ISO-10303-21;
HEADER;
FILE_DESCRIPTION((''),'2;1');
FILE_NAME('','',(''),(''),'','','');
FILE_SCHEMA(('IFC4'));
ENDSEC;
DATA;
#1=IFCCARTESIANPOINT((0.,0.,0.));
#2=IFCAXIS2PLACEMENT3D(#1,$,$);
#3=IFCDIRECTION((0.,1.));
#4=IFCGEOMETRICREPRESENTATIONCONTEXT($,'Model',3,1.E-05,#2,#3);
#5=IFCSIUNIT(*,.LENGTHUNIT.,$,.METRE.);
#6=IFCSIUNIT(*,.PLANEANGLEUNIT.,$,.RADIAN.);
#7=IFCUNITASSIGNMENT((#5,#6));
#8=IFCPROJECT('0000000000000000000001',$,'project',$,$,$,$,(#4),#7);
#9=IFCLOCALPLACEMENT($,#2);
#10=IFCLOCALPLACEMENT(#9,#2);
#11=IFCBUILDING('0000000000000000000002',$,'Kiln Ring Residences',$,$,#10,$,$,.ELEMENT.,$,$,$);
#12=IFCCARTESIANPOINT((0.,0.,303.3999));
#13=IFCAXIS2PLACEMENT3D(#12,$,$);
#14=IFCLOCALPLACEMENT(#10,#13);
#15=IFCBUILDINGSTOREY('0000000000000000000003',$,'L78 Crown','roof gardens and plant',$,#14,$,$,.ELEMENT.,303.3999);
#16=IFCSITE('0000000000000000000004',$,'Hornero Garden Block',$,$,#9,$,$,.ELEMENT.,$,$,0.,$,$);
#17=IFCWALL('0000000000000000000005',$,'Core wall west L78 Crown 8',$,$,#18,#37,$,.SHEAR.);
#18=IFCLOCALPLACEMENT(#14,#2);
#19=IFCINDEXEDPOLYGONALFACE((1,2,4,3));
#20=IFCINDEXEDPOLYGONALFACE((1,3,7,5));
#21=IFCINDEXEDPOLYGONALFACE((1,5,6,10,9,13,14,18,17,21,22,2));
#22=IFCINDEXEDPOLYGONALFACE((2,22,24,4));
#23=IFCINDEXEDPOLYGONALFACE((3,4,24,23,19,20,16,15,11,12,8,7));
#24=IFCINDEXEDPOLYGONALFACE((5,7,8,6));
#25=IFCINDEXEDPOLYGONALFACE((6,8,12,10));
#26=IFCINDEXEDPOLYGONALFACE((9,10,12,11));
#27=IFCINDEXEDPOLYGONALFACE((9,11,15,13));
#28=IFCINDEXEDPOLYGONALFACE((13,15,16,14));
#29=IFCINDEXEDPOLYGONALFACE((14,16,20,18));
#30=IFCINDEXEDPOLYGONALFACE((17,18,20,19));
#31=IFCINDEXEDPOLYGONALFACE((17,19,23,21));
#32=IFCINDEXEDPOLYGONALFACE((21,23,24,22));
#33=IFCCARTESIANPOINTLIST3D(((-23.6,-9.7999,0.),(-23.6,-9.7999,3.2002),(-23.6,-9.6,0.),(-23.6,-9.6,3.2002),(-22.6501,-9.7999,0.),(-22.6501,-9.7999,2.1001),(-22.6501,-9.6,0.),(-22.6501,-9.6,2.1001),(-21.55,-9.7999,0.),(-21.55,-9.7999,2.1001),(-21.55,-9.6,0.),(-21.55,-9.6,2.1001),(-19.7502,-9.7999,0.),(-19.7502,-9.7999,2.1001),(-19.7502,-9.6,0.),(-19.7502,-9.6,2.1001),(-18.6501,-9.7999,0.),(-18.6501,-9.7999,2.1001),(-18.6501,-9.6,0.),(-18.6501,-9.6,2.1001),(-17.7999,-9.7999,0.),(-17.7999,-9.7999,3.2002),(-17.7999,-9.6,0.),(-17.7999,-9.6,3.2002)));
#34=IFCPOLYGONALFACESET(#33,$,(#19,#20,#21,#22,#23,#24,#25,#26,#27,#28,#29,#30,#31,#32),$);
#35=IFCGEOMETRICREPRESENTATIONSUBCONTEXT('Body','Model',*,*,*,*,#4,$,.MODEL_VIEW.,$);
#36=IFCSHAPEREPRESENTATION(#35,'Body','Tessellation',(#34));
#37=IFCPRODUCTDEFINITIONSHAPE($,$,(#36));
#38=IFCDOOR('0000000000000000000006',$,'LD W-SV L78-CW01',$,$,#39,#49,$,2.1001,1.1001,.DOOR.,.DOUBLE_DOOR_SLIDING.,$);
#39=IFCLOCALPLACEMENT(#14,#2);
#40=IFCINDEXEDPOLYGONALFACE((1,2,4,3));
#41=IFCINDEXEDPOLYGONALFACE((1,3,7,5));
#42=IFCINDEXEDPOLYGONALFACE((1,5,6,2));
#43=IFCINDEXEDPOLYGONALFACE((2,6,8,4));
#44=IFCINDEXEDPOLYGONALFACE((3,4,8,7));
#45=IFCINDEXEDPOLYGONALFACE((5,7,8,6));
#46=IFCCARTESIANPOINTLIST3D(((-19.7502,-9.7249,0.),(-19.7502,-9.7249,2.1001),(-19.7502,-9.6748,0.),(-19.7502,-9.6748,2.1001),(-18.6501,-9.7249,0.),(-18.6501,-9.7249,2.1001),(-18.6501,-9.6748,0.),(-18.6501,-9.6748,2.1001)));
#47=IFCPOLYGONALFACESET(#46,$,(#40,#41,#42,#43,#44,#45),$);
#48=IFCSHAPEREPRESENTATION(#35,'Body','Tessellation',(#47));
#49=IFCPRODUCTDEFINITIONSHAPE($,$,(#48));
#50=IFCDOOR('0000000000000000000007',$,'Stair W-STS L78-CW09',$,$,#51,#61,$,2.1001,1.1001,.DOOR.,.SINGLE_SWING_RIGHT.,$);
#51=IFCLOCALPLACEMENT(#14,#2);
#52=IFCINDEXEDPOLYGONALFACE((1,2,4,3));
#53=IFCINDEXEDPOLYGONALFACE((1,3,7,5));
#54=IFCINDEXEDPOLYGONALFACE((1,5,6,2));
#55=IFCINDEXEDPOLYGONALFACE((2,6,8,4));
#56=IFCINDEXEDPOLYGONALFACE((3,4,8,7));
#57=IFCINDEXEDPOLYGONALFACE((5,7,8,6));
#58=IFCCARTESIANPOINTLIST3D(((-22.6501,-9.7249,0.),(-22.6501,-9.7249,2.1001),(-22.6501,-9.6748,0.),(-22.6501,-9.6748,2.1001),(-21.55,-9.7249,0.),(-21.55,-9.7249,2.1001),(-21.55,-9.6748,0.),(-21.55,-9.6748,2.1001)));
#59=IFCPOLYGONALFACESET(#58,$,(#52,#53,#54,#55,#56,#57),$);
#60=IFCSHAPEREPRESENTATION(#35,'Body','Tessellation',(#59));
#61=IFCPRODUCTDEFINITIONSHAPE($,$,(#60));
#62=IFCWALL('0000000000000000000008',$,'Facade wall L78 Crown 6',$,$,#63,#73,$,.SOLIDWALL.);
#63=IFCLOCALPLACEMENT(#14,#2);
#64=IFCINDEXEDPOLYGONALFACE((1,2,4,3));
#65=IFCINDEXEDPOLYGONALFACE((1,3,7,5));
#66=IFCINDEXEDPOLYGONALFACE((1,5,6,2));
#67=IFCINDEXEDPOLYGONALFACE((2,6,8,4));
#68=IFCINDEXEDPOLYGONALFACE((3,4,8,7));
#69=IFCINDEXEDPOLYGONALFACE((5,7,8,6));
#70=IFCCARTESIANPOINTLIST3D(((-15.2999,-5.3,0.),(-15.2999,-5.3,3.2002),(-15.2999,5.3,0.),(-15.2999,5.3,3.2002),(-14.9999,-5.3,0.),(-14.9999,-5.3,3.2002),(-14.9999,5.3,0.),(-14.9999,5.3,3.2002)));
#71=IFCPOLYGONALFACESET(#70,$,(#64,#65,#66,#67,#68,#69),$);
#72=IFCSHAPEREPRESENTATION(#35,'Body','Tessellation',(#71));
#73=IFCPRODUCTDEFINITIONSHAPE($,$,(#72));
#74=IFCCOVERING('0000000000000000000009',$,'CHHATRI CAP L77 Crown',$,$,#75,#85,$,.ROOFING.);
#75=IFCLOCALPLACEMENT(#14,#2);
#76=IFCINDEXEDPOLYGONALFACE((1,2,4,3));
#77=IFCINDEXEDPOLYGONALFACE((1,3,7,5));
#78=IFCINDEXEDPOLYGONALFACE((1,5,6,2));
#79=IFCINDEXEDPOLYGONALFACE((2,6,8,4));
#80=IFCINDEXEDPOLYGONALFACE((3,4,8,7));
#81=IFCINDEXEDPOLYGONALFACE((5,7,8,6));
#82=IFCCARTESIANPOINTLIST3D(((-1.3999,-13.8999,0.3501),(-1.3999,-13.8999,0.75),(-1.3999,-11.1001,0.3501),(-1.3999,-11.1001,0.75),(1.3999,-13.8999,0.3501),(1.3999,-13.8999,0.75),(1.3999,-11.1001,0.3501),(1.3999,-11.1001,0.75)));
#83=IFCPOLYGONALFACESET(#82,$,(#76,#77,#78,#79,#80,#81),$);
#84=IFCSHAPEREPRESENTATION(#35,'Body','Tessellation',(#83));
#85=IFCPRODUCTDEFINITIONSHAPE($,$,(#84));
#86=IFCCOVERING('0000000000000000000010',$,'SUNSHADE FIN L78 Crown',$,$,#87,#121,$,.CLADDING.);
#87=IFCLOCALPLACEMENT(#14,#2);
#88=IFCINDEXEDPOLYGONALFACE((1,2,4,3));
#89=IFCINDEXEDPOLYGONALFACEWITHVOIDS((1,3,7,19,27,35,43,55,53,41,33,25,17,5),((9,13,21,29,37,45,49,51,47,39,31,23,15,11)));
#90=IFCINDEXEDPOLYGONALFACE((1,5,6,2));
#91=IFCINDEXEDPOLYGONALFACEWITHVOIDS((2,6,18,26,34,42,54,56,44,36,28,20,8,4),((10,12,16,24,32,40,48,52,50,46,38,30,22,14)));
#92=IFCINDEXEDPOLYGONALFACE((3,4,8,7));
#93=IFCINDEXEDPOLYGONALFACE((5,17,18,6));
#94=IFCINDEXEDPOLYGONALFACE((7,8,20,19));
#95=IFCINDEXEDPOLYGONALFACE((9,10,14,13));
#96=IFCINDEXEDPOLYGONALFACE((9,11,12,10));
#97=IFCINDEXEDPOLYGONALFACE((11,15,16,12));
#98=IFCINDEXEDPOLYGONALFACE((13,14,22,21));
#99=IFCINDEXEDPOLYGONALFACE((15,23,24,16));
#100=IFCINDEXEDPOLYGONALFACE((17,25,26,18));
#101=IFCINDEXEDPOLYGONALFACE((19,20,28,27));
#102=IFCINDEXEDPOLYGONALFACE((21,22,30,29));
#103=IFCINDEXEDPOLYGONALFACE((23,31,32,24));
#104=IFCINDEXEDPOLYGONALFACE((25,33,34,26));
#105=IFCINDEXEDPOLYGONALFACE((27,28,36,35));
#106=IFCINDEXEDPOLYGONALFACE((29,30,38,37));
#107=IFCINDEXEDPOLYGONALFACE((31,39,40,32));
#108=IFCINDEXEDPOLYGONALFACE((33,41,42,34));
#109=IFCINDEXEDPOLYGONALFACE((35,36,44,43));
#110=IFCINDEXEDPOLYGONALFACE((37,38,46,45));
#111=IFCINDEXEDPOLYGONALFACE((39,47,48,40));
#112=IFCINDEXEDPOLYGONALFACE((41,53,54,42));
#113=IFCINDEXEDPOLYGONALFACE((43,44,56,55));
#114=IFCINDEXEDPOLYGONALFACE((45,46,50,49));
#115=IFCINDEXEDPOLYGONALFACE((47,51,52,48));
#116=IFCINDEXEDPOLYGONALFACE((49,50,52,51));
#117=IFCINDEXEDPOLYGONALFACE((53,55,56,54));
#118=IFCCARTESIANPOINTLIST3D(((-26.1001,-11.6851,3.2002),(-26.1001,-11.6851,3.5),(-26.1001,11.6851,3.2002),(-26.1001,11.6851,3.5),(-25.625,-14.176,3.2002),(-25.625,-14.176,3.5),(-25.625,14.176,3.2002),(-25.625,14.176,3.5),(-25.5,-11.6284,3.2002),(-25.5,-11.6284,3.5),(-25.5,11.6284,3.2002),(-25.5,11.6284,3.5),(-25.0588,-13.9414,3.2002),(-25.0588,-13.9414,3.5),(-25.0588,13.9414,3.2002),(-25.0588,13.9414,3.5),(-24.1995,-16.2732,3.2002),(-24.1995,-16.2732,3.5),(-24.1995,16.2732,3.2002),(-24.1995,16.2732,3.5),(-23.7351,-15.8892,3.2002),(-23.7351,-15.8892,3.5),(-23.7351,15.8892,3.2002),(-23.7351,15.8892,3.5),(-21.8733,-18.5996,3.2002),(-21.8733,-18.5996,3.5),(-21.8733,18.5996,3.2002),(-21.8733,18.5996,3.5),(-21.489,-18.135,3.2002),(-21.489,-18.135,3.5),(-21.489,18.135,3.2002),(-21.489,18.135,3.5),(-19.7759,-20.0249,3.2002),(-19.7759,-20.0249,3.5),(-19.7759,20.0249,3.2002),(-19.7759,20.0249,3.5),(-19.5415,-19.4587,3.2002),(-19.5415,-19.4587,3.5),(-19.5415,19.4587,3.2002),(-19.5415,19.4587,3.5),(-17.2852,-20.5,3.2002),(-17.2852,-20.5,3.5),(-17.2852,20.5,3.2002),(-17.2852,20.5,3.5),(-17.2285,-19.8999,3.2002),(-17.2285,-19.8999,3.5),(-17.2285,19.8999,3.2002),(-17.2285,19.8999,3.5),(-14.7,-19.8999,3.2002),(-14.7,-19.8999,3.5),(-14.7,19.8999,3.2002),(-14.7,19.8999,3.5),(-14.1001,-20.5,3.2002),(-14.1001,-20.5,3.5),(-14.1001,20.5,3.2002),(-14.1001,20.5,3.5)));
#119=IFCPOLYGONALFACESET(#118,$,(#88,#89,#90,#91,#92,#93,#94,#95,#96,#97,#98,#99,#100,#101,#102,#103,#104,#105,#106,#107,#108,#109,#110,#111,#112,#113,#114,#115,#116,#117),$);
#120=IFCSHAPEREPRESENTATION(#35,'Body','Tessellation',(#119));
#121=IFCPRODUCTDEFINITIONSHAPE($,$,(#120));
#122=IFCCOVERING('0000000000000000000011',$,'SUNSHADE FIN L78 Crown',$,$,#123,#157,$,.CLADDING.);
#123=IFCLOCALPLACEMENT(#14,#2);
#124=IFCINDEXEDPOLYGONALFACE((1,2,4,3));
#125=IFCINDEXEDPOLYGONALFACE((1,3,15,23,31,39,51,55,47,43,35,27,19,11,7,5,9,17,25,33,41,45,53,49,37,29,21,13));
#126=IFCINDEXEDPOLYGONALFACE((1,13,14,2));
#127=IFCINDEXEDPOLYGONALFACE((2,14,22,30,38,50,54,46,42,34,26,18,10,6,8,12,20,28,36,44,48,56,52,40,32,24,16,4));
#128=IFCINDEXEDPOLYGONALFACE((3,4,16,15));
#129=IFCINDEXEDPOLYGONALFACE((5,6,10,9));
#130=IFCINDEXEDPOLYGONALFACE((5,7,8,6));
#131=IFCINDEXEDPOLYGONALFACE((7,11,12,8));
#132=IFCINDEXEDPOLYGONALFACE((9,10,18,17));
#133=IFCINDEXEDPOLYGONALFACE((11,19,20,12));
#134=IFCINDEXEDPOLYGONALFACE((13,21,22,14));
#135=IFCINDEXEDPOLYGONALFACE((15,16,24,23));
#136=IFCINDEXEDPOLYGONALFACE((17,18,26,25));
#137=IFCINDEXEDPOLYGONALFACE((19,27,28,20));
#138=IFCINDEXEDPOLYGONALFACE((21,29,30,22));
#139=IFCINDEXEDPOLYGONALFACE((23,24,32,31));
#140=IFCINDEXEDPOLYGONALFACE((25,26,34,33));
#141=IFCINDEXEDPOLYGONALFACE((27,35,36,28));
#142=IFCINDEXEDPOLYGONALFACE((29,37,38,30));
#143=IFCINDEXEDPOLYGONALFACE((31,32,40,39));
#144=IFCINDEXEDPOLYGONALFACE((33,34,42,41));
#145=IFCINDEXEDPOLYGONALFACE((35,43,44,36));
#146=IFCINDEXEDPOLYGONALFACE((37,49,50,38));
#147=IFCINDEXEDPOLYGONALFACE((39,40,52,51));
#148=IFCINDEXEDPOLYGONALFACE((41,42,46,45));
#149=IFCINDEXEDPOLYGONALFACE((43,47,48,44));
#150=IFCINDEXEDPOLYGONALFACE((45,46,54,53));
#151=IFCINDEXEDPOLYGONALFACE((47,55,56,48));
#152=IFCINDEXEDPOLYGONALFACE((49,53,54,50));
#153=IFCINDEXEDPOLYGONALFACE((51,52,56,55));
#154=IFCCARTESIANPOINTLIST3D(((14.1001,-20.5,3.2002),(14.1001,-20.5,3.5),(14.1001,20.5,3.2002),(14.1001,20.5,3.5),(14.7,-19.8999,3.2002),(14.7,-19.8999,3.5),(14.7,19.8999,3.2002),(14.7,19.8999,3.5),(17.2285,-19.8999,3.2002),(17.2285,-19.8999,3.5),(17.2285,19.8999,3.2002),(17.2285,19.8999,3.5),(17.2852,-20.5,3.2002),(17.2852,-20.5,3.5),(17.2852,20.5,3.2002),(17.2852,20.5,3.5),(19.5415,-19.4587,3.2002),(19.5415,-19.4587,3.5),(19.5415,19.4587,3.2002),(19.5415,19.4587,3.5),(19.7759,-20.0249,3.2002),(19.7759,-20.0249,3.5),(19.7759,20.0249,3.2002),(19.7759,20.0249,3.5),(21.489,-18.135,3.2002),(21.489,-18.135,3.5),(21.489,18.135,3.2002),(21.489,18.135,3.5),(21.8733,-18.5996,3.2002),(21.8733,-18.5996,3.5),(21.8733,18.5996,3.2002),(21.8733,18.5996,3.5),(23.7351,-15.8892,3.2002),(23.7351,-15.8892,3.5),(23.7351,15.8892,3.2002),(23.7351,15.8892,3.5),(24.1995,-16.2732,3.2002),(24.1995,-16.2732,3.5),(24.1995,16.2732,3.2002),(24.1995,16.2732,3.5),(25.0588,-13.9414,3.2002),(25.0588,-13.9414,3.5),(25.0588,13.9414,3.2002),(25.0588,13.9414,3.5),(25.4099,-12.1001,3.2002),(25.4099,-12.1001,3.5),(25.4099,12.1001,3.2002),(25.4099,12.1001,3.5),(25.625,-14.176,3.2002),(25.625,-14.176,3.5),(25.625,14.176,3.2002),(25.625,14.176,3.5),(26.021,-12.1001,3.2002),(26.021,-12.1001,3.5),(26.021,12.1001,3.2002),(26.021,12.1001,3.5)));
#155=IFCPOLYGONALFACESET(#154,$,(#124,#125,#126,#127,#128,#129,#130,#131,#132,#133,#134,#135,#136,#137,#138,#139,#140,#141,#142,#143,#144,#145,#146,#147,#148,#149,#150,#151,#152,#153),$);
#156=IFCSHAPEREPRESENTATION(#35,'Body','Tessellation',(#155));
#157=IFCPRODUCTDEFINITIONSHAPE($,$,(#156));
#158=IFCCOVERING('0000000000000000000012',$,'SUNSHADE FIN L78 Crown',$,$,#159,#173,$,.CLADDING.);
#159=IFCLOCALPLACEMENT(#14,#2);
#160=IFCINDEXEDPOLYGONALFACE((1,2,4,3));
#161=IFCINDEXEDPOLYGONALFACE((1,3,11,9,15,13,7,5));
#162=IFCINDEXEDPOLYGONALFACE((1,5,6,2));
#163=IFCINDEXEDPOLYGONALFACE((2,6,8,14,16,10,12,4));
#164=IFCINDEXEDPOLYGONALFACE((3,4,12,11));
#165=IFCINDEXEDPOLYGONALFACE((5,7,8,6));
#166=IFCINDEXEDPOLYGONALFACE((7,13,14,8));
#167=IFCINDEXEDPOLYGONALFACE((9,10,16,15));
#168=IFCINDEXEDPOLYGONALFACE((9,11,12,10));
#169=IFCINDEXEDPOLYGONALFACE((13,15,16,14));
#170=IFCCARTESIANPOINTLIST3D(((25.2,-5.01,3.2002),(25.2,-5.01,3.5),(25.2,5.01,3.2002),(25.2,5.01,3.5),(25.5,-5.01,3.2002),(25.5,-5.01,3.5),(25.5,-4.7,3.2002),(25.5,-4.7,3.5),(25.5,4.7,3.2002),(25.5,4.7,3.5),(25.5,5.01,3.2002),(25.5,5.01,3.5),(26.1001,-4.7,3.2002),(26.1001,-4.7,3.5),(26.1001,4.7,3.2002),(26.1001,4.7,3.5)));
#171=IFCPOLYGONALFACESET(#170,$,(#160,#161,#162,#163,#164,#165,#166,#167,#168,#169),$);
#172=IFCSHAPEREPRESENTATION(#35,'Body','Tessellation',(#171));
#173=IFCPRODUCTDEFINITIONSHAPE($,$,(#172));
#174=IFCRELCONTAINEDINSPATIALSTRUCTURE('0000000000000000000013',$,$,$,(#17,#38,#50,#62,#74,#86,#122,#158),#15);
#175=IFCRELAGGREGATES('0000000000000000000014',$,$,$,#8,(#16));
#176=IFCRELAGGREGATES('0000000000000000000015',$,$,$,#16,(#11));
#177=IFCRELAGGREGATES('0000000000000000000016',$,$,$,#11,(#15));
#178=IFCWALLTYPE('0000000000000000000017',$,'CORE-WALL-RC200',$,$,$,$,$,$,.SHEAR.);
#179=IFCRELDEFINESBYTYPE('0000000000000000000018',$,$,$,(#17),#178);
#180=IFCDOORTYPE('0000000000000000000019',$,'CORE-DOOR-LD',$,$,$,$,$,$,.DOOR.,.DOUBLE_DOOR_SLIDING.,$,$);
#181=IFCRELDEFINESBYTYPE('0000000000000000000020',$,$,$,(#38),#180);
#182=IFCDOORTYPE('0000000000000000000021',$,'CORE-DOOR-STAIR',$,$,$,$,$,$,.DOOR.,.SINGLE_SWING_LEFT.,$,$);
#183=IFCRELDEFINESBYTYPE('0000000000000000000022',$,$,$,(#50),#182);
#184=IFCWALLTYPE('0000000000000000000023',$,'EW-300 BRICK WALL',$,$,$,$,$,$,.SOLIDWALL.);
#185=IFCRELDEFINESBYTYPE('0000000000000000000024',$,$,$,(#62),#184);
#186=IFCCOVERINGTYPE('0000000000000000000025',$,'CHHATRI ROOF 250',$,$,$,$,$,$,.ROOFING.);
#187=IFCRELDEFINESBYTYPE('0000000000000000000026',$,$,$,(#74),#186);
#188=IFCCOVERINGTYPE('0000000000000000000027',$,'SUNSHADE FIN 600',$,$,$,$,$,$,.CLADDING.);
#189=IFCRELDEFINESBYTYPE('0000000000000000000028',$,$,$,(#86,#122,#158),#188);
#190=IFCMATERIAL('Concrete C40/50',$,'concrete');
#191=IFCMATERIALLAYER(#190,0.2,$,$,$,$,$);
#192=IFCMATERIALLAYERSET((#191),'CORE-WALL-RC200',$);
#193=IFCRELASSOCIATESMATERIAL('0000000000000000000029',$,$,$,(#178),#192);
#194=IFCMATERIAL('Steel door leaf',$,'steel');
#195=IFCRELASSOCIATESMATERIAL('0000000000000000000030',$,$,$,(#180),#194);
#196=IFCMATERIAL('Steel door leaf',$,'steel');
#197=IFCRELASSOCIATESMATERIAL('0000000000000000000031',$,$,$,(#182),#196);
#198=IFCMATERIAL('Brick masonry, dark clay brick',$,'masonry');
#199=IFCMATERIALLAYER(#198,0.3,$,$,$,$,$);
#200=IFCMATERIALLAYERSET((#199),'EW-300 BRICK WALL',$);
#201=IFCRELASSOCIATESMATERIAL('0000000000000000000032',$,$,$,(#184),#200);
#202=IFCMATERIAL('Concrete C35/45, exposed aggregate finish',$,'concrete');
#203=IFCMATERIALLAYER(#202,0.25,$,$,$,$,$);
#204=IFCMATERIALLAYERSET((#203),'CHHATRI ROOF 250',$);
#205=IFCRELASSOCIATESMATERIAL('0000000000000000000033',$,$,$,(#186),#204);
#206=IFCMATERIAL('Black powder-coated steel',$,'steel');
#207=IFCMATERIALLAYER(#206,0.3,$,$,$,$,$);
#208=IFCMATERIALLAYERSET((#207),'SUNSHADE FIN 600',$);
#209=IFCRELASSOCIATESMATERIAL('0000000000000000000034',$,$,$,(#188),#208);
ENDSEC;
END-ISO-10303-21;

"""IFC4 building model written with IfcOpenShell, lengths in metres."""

from ifc_helpers import new_model, si_unit, direction, frame, frame_2d, origin, place, context, subcontext, project, spatial, polyline, rectangle, outline, extrude, material, layer, layer_set, type_object, element, fill, save


model = new_model("IFC4")

# Units and contexts
model_context = context("Model", 3, precision=1e-05, world=origin(), true_north=direction((0.0, 1.0)))
body_context = subcontext(model_context, "Body", "Model", "MODEL_VIEW")
ifc_project = project(units=[si_unit("LENGTHUNIT", "METRE"), si_unit("PLANEANGLEUNIT", "RADIAN")], contexts=[model_context])

# Site, building, storey
site_placement = place(None, origin())
site = spatial("IfcSite", under=ifc_project, at=site_placement, Name="Hornero Garden Block", CompositionType="ELEMENT", RefElevation=0.0)
building_placement = place(site_placement, origin())
building = spatial("IfcBuilding", under=site, at=building_placement, Name="Kiln Ring Residences", CompositionType="ELEMENT")
storey_placement = place(building_placement, frame((0.0, 0.0, 303.3999)))
storey = spatial("IfcBuildingStorey", under=building, at=storey_placement, Name="L78 Crown", Description="roof gardens and plant", CompositionType="ELEMENT", Elevation=303.3999)

# Wall, openings, doors
ifc_material_1 = material(Name="Concrete C40/50", Category="concrete")
ifc_layer_1 = layer(ifc_material_1, 0.2)
ifc_layer_set_1 = layer_set([ifc_layer_1], Name="CORE-WALL-RC200")
wall_type_1 = type_object("IfcWallType", Name="CORE-WALL-RC200", PredefinedType="SHEAR", material=ifc_layer_set_1)
wall_1_placement = place(storey_placement, frame((-17.8, -9.7, 0.0), z_axis=(0.0, 0.0, 1.0), x_axis=(-1.0, 0.0, 0.0)))
wall_1 = element("IfcWall", 1, at=wall_1_placement, inside=storey, type_object=wall_type_1, Name="Core wall west L78 Crown 8", PredefinedType="SHEAR", context=body_context, shape_type="SweptSolid", body=[
    extrude(rectangle(XDim=5.8, YDim=0.2, at=frame_2d((2.8999, 0.0))), origin(), (0.0, 0.0, 1.0), 3.2002),
])
opening_1_placement = place(wall_1_placement, frame((0.8501, 0.0, 0.0)))
opening_1 = element("IfcOpeningElement", 2, at=opening_1_placement, cuts=wall_1, PredefinedType="OPENING", context=body_context, shape_type="SweptSolid", body=[
    extrude(rectangle(XDim=1.1001, YDim=2.1001, at=frame_2d((0.55, 1.05))), frame((0.0, 0.1099, 0.0), z_axis=(0.0, -1.0, 0.0), x_axis=(1.0, 0.0, 0.0)), (0.0, 0.0, 1.0), 0.22),
])
opening_2_placement = place(wall_1_placement, frame((3.75, 0.0, 0.0)))
opening_2 = element("IfcOpeningElement", 3, at=opening_2_placement, cuts=wall_1, PredefinedType="OPENING", context=body_context, shape_type="SweptSolid", body=[
    extrude(rectangle(XDim=1.1001, YDim=2.1001, at=frame_2d((0.55, 1.05))), frame((0.0, 0.1099, 0.0), z_axis=(0.0, -1.0, 0.0), x_axis=(1.0, 0.0, 0.0)), (0.0, 0.0, 1.0), 0.22),
])
ifc_material_2 = material(Name="Steel door leaf", Category="steel")
door_type_1 = type_object("IfcDoorType", Name="CORE-DOOR-LD", OperationType="DOUBLE_DOOR_SLIDING", PredefinedType="DOOR", material=ifc_material_2)
door_1_placement = place(opening_1_placement, origin())
door_1 = element("IfcDoor", 4, at=door_1_placement, inside=storey, type_object=door_type_1, Name="LD W-SV L78-CW01", OperationType="DOUBLE_DOOR_SLIDING", OverallHeight=2.1001, OverallWidth=1.1001, PredefinedType="DOOR", context=body_context, shape_type="SweptSolid", body=[
    extrude(rectangle(XDim=1.1001, YDim=2.1001, at=frame_2d((0.55, 1.05))), frame((0.0, 0.0249, 0.0), z_axis=(0.0, -1.0, 0.0), x_axis=(1.0, 0.0, 0.0)), (0.0, 0.0, 1.0), 0.05),
])
fill(opening_1, door_1)
ifc_material_3 = material(Name="Steel door leaf", Category="steel")
door_type_2 = type_object("IfcDoorType", Name="CORE-DOOR-STAIR", OperationType="SINGLE_SWING_LEFT", PredefinedType="DOOR", material=ifc_material_3)
door_2_placement = place(opening_2_placement, origin())
door_2 = element("IfcDoor", 5, at=door_2_placement, inside=storey, type_object=door_type_2, Name="Stair W-STS L78-CW09", OperationType="SINGLE_SWING_RIGHT", OverallHeight=2.1001, OverallWidth=1.1001, PredefinedType="DOOR", context=body_context, shape_type="SweptSolid", body=[
    extrude(rectangle(XDim=1.1001, YDim=2.1001, at=frame_2d((0.55, 1.05))), frame((0.0, 0.0249, 0.0), z_axis=(0.0, -1.0, 0.0), x_axis=(1.0, 0.0, 0.0)), (0.0, 0.0, 1.0), 0.05),
])
fill(opening_2, door_2)

# Wall
ifc_material_4 = material(Name="Brick masonry, dark clay brick", Category="masonry")
ifc_layer_2 = layer(ifc_material_4, 0.3)
ifc_layer_set_2 = layer_set([ifc_layer_2], Name="EW-300 BRICK WALL")
wall_type_2 = type_object("IfcWallType", Name="EW-300 BRICK WALL", PredefinedType="SOLIDWALL", material=ifc_layer_set_2)
wall_2_placement = place(storey_placement, frame((-15.1499, -5.3, 0.0), z_axis=(0.0, 0.0, 1.0), x_axis=(0.0, 1.0, 0.0)))
element("IfcWall", 6, at=wall_2_placement, inside=storey, type_object=wall_type_2, Name="Facade wall L78 Crown 6", PredefinedType="SOLIDWALL", context=body_context, shape_type="SweptSolid", body=[
    extrude(rectangle(XDim=10.6001, YDim=0.3, at=frame_2d((5.3, 0.0))), origin(), (0.0, 0.0, 1.0), 3.2002),
])

# Coverings
ifc_material_5 = material(Name="Concrete C35/45, exposed aggregate finish", Category="concrete")
ifc_layer_3 = layer(ifc_material_5, 0.25)
ifc_layer_set_3 = layer_set([ifc_layer_3], Name="CHHATRI ROOF 250")
covering_type_1 = type_object("IfcCoveringType", Name="CHHATRI ROOF 250", PredefinedType="ROOFING", material=ifc_layer_set_3)
covering_1_placement = place(storey_placement, frame((0.0, 0.0, 0.3501)))
element("IfcCovering", 7, at=covering_1_placement, inside=storey, type_object=covering_type_1, Name="CHHATRI CAP L77 Crown", PredefinedType="ROOFING", context=body_context, shape_type="SweptSolid", body=[
    extrude(outline(polyline([(1.3999, -13.8999), (1.3999, -11.1001), (-1.3999, -11.1001), (-1.3999, -13.8999), (1.3999, -13.8999)])), origin(), (0.0, 0.0, 1.0), 0.3999),
])
ifc_material_6 = material(Name="Black powder-coated steel", Category="steel")
ifc_layer_4 = layer(ifc_material_6, 0.3)
ifc_layer_set_4 = layer_set([ifc_layer_4], Name="SUNSHADE FIN 600")
covering_type_2 = type_object("IfcCoveringType", Name="SUNSHADE FIN 600", PredefinedType="CLADDING", material=ifc_layer_set_4)
placement_1 = place(storey_placement, frame((0.0, 0.0, 3.2002)))
element("IfcCovering", 8, at=placement_1, inside=storey, type_object=covering_type_2, Name="SUNSHADE FIN L78 Crown", PredefinedType="CLADDING", context=body_context, shape_type="SweptSolid", body=[
    extrude(outline(polyline([(-25.625, -14.176), (-24.1995, -16.2732), (-21.8733, -18.5996), (-19.7759, -20.0249), (-17.2852, -20.5), (-14.1001, -20.5), (-14.1001, 20.5), (-17.2852, 20.5), (-19.7759, 20.0249), (-21.8733, 18.5996), (-24.1995, 16.2732), (-25.625, 14.176), (-26.1001, 11.6851), (-26.1001, -11.6851), (-25.625, -14.176)]), holes=[polyline([(-17.2285, -19.8999), (-19.5415, -19.4587), (-21.489, -18.135), (-23.7351, -15.8892), (-25.0588, -13.9414), (-25.5, -11.6284), (-25.5, 11.6284), (-25.0588, 13.9414), (-23.7351, 15.8892), (-21.489, 18.135), (-19.5415, 19.4587), (-17.2285, 19.8999), (-14.7, 19.8999), (-14.7, -19.8999), (-17.2285, -19.8999)])]), origin(), (0.0, 0.0, 1.0), 0.2998),
])
element("IfcCovering", 9, at=placement_1, inside=storey, type_object=covering_type_2, Name="SUNSHADE FIN L78 Crown", PredefinedType="CLADDING", context=body_context, shape_type="SweptSolid", body=[
    extrude(outline(polyline([(19.7759, 20.0249), (17.2852, 20.5), (14.1001, 20.5), (14.1001, -20.5), (17.2852, -20.5), (19.7759, -20.0249), (21.8733, -18.5996), (24.1995, -16.2732), (25.625, -14.176), (26.021, -12.1001), (25.4099, -12.1001), (25.0588, -13.9414), (23.7351, -15.8892), (21.489, -18.135), (19.5415, -19.4587), (17.2285, -19.8999), (14.7, -19.8999), (14.7, 19.8999), (17.2285, 19.8999), (19.5415, 19.4587), (21.489, 18.135), (23.7351, 15.8892), (25.0588, 13.9414), (25.4099, 12.1001), (26.021, 12.1001), (25.625, 14.176), (24.1995, 16.2732), (21.8733, 18.5996), (19.7759, 20.0249)])), origin(), (0.0, 0.0, 1.0), 0.2998),
])
element("IfcCovering", 10, at=placement_1, inside=storey, type_object=covering_type_2, Name="SUNSHADE FIN L78 Crown", PredefinedType="CLADDING", context=body_context, shape_type="SweptSolid", body=[
    extrude(outline(polyline([(25.2, 5.01), (25.2, -5.01), (25.5, -5.01), (25.5, -4.7), (26.1001, -4.7), (26.1001, 4.7), (25.5, 4.7), (25.5, 5.01), (25.2, 5.01)])), origin(), (0.0, 0.0, 1.0), 0.2998),
])

save(model, "model.ifc")
